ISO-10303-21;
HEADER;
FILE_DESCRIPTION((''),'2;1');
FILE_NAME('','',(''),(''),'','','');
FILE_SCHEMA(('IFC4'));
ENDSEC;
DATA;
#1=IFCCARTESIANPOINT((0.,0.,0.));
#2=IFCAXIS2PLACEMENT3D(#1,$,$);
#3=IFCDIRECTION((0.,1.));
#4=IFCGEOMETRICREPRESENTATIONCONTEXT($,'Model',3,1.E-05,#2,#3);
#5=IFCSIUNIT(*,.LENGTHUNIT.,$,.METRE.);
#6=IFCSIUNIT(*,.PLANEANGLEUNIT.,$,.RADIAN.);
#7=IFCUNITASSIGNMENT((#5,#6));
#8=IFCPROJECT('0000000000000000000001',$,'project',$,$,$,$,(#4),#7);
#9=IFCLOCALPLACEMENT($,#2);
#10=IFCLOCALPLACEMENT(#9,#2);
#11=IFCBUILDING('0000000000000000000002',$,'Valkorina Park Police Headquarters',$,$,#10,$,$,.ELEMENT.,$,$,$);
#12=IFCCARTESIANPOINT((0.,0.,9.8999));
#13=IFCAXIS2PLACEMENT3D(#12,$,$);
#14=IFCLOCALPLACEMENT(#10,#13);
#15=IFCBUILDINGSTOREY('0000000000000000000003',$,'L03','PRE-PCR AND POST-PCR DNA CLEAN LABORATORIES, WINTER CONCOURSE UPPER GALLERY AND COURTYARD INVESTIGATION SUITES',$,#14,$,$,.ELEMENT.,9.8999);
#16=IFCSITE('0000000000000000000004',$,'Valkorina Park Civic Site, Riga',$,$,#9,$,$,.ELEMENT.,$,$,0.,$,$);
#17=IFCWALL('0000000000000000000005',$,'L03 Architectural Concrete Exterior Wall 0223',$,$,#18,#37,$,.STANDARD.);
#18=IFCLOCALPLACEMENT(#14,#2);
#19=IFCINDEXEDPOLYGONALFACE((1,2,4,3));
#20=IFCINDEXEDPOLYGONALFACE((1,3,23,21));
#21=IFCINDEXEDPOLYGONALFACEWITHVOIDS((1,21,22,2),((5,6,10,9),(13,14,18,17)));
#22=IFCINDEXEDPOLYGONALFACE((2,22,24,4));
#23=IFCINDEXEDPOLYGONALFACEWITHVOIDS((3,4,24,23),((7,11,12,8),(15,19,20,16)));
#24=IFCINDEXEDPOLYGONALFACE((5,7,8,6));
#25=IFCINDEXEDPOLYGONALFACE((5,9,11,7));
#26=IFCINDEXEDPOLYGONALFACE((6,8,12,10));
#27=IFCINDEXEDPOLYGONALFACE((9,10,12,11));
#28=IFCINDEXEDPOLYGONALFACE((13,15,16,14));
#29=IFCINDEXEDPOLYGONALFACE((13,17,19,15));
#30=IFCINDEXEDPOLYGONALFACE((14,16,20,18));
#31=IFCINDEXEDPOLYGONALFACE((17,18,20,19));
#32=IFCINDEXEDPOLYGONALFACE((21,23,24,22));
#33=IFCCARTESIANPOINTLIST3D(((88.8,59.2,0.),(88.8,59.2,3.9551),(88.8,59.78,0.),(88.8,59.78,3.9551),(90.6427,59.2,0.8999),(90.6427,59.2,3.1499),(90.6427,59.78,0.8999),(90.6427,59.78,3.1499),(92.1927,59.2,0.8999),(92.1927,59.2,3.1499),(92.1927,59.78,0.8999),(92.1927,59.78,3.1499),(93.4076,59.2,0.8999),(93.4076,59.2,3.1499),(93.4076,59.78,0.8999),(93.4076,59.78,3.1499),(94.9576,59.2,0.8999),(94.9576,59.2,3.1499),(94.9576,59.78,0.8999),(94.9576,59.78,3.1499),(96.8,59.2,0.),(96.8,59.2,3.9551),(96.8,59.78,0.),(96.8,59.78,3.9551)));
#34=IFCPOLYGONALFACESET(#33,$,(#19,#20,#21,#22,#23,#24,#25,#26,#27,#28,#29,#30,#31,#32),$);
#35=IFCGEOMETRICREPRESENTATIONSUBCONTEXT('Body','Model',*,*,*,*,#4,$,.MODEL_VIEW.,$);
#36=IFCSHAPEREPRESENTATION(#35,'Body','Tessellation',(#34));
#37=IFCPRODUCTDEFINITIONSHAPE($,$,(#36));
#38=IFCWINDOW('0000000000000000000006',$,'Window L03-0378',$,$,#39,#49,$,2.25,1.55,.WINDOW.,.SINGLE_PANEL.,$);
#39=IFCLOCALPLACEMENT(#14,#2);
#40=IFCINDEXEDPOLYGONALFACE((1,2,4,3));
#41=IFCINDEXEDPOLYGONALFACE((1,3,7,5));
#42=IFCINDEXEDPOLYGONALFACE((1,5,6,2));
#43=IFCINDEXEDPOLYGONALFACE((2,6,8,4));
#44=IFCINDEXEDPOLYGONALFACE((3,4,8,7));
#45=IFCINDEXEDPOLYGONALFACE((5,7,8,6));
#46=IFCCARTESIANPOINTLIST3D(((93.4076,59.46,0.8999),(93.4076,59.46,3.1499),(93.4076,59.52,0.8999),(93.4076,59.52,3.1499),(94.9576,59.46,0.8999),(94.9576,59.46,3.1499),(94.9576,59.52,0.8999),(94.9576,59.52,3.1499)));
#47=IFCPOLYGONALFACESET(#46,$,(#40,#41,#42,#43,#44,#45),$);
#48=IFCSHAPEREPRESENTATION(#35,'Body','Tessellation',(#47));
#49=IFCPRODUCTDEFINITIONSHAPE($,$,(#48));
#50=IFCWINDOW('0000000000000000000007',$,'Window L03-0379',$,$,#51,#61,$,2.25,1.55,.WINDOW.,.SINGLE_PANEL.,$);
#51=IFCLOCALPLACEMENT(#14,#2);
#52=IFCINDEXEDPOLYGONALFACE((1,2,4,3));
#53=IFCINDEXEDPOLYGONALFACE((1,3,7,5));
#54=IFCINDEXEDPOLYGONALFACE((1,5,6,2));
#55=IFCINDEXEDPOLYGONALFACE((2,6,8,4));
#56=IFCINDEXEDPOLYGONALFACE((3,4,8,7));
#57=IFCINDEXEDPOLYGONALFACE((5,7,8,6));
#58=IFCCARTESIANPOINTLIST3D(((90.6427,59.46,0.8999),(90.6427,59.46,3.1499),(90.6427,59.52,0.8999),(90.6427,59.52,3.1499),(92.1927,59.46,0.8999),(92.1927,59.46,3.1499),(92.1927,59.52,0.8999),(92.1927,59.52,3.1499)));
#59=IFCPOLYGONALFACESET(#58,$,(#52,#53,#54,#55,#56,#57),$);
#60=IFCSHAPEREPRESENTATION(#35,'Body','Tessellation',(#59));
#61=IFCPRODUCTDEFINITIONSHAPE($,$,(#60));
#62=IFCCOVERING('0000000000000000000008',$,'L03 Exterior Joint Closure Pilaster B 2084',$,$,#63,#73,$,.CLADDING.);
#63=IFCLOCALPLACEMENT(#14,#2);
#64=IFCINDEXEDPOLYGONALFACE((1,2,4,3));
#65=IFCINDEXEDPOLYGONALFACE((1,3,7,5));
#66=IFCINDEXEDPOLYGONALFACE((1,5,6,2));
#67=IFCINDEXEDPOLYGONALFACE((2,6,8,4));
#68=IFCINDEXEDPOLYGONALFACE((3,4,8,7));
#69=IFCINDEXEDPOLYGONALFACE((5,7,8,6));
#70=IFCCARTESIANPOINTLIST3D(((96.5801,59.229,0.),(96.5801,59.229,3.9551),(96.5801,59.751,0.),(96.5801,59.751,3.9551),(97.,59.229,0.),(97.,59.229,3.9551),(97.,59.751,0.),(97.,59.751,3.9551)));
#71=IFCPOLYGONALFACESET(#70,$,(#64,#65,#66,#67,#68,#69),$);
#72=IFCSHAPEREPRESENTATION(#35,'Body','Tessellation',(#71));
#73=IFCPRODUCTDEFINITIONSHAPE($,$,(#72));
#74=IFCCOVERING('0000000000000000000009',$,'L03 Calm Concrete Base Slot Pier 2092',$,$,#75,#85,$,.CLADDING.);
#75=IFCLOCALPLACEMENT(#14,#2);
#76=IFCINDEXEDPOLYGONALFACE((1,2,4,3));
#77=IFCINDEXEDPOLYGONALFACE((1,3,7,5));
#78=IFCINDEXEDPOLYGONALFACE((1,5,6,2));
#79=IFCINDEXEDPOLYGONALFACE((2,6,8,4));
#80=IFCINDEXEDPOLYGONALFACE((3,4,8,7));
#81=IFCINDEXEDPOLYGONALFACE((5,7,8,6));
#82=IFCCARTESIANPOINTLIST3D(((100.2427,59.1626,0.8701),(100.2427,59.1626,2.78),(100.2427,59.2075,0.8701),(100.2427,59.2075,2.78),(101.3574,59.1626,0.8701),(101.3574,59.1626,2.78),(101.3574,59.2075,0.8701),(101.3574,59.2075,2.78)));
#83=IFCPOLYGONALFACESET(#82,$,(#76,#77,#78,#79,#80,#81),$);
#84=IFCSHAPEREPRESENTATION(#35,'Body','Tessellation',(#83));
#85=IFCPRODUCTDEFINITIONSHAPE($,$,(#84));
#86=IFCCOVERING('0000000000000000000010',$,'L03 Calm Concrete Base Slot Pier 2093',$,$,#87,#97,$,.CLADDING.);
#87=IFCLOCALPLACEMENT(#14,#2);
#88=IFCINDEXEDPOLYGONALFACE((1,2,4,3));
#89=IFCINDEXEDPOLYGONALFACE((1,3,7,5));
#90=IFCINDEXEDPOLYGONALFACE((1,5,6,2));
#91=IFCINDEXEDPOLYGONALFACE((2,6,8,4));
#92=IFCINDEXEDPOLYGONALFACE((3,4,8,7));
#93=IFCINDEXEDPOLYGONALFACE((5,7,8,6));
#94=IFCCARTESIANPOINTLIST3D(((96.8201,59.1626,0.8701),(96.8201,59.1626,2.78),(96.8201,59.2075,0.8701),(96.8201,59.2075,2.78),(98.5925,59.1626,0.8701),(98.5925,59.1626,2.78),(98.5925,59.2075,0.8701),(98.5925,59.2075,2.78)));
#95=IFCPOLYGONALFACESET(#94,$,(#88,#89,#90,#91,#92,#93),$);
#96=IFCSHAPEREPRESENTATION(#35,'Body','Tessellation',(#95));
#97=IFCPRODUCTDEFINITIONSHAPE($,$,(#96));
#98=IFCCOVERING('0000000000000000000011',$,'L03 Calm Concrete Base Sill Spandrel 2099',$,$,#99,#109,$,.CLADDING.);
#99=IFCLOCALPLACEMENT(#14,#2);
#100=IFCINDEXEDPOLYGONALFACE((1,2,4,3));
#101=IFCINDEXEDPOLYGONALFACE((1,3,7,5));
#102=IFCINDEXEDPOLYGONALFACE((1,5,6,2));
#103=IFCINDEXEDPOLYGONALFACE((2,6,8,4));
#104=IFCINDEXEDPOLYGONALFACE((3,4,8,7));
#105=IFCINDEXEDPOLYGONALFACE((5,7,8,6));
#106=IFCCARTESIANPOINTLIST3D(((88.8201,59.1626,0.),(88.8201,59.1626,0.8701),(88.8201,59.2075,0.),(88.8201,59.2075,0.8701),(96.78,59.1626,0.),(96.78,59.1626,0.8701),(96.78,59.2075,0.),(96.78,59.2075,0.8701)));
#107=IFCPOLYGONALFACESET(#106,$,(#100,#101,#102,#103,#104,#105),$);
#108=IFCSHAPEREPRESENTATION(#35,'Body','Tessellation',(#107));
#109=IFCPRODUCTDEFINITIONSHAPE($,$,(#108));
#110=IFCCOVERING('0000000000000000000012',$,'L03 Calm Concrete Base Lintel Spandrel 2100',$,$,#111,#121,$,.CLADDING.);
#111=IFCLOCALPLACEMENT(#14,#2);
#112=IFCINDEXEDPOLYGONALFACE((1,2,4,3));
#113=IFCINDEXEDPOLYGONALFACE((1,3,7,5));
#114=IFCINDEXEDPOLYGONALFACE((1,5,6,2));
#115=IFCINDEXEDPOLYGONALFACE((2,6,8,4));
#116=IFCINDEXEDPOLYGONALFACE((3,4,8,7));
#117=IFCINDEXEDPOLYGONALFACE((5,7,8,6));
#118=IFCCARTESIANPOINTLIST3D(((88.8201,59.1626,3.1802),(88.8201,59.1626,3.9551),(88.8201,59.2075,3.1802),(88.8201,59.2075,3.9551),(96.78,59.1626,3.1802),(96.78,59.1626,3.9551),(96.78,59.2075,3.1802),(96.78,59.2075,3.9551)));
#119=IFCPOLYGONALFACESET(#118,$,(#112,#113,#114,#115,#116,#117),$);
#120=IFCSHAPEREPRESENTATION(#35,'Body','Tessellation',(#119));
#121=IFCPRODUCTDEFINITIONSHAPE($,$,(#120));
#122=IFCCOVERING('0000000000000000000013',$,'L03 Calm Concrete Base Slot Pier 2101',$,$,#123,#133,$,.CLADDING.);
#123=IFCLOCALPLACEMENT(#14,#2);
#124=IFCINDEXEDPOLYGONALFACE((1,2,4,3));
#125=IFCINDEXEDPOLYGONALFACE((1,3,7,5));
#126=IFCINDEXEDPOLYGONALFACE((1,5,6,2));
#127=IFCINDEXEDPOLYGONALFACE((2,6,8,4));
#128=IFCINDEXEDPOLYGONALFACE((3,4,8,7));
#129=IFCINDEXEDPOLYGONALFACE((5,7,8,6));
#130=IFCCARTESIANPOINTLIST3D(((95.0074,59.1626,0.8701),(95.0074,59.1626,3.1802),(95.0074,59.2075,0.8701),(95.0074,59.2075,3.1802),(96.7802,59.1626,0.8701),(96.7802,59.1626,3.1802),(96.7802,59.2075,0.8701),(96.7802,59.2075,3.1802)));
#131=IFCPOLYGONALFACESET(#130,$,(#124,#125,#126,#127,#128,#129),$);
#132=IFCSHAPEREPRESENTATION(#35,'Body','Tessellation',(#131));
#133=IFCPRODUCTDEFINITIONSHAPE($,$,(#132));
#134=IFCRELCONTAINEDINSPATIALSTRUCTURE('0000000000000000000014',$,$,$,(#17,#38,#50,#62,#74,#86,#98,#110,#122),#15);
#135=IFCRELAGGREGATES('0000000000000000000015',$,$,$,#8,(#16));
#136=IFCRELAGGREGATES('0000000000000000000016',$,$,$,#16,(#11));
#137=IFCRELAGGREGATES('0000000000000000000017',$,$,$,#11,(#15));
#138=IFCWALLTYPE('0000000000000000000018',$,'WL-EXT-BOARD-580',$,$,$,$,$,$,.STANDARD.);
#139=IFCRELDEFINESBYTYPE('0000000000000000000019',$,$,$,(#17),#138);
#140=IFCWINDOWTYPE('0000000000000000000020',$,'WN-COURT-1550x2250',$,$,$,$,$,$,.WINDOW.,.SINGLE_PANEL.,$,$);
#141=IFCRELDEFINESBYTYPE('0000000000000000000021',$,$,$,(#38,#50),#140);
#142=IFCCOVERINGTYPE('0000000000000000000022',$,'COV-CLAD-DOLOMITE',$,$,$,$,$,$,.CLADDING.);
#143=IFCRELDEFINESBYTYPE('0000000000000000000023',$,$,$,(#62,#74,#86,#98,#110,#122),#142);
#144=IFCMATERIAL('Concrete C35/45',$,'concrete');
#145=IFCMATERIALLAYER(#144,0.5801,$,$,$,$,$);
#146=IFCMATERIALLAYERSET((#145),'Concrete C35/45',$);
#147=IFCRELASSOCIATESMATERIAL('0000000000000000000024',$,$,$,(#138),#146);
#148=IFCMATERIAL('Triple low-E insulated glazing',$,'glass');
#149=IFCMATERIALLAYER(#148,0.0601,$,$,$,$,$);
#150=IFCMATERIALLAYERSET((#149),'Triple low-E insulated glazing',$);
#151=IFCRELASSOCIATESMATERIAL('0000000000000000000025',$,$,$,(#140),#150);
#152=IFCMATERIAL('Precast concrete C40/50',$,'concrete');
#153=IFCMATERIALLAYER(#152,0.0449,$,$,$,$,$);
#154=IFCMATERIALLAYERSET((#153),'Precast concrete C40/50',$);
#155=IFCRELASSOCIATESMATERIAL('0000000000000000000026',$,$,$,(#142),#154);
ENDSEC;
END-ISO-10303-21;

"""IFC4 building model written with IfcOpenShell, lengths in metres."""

from ifc_helpers import new_model, si_unit, direction, frame, frame_2d, origin, origin_2d, place, context, subcontext, project, spatial, rectangle, extrude, material, layer, layer_set, type_object, element, fill, save


model = new_model("IFC4")

# Units and contexts
model_context = context("Model", 3, precision=1e-05, world=origin(), true_north=direction((0.0, 1.0)))
body_context = subcontext(model_context, "Body", "Model", "MODEL_VIEW")
ifc_project = project(units=[si_unit("LENGTHUNIT", "METRE"), si_unit("PLANEANGLEUNIT", "RADIAN")], contexts=[model_context])

# Site, building, storey
site_placement = place(None, origin())
site = spatial("IfcSite", under=ifc_project, at=site_placement, Name="Valkorina Park Civic Site, Riga", CompositionType="ELEMENT", RefElevation=0.0)
building_placement = place(site_placement, origin())
building = spatial("IfcBuilding", under=site, at=building_placement, Name="Valkorina Park Police Headquarters", CompositionType="ELEMENT")
storey_placement = place(building_placement, frame((0.0, 0.0, 9.8999)))
storey = spatial("IfcBuildingStorey", under=building, at=storey_placement, Name="L03", Description="PRE-PCR AND POST-PCR DNA CLEAN LABORATORIES, WINTER CONCOURSE UPPER GALLERY AND COURTYARD INVESTIGATION SUITES", CompositionType="ELEMENT", Elevation=9.8999)

# Wall, openings, windows
ifc_material_1 = material(Name="Concrete C35/45", Category="concrete")
ifc_layer_1 = layer(ifc_material_1, 0.5801)
ifc_layer_set_1 = layer_set([ifc_layer_1], Name="Concrete C35/45")
wall_type = type_object("IfcWallType", Name="WL-EXT-BOARD-580", PredefinedType="STANDARD", material=ifc_layer_set_1)
wall_placement = place(storey_placement, frame((96.8, 59.49, 0.0), z_axis=(0.0, 0.0, 1.0), x_axis=(-1.0, 0.0, 0.0)))
wall = element("IfcWall", 1, at=wall_placement, inside=storey, type_object=wall_type, Name="L03 Architectural Concrete Exterior Wall 0223", PredefinedType="STANDARD", context=body_context, shape_type="SweptSolid", body=[
    extrude(rectangle(XDim=8.0, YDim=0.5801, at=frame_2d((4.0, 0.0))), origin(), (0.0, 0.0, 1.0), 3.9551),
])
opening_1_placement = place(wall_placement, frame((1.8425, 0.0, 0.8999)))
opening_1 = element("IfcOpeningElement", 2, at=opening_1_placement, cuts=wall, PredefinedType="OPENING", context=body_context, shape_type="SweptSolid", body=[
    extrude(rectangle(XDim=1.55, YDim=2.25, at=frame_2d((0.7749, 1.125))), frame((0.0, 0.3, 0.0), z_axis=(0.0, -1.0, 0.0), x_axis=(1.0, 0.0, 0.0)), (0.0, 0.0, 1.0), 0.6001),
])
opening_2_placement = place(wall_placement, frame((4.6074, 0.0, 0.8999)))
opening_2 = element("IfcOpeningElement", 3, at=opening_2_placement, cuts=wall, PredefinedType="OPENING", context=body_context, shape_type="SweptSolid", body=[
    extrude(rectangle(XDim=1.55, YDim=2.25, at=frame_2d((0.7749, 1.125))), frame((0.0, 0.3, 0.0), z_axis=(0.0, -1.0, 0.0), x_axis=(1.0, 0.0, 0.0)), (0.0, 0.0, 1.0), 0.6001),
])
ifc_material_2 = material(Name="Triple low-E insulated glazing", Category="glass")
ifc_layer_2 = layer(ifc_material_2, 0.0601)
ifc_layer_set_2 = layer_set([ifc_layer_2], Name="Triple low-E insulated glazing")
window_type = type_object("IfcWindowType", Name="WN-COURT-1550x2250", PartitioningType="SINGLE_PANEL", PredefinedType="WINDOW", material=ifc_layer_set_2)
window_1_placement = place(opening_1_placement, origin())
window_1 = element("IfcWindow", 4, at=window_1_placement, inside=storey, type_object=window_type, Name="Window L03-0378", OverallHeight=2.25, OverallWidth=1.55, PartitioningType="SINGLE_PANEL", PredefinedType="WINDOW", context=body_context, shape_type="SweptSolid", body=[
    extrude(rectangle(XDim=1.55, YDim=2.25, at=frame_2d((0.7749, 1.125))), frame((0.0, 0.03, 0.0), z_axis=(0.0, -1.0, 0.0), x_axis=(1.0, 0.0, 0.0)), (0.0, 0.0, 1.0), 0.0601),
])
fill(opening_1, window_1)
window_2_placement = place(opening_2_placement, origin())
window_2 = element("IfcWindow", 5, at=window_2_placement, inside=storey, type_object=window_type, Name="Window L03-0379", OverallHeight=2.25, OverallWidth=1.55, PartitioningType="SINGLE_PANEL", PredefinedType="WINDOW", context=body_context, shape_type="SweptSolid", body=[
    extrude(rectangle(XDim=1.55, YDim=2.25, at=frame_2d((0.7749, 1.125))), frame((0.0, 0.03, 0.0), z_axis=(0.0, -1.0, 0.0), x_axis=(1.0, 0.0, 0.0)), (0.0, 0.0, 1.0), 0.0601),
])
fill(opening_2, window_2)

# Coverings
ifc_material_3 = material(Name="Precast concrete C40/50", Category="concrete")
ifc_layer_3 = layer(ifc_material_3, 0.0449)
ifc_layer_set_3 = layer_set([ifc_layer_3], Name="Precast concrete C40/50")
covering_type = type_object("IfcCoveringType", Name="COV-CLAD-DOLOMITE", PredefinedType="CLADDING", material=ifc_layer_set_3)
covering_1_placement = place(storey_placement, frame((96.79, 59.49, 0.0), z_axis=(0.0, 0.0, 1.0), x_axis=(1.0, 0.0, 0.0)))
element("IfcCovering", 6, at=covering_1_placement, inside=storey, type_object=covering_type, Name="L03 Exterior Joint Closure Pilaster B 2084", PredefinedType="CLADDING", context=body_context, shape_type="SweptSolid", body=[
    extrude(rectangle(XDim=0.4199, YDim=0.522, at=origin_2d()), origin(), (0.0, 0.0, 1.0), 3.9551),
])
covering_2_placement = place(storey_placement, frame((101.3574, 59.1851, 0.8701), z_axis=(0.0, 0.0, 1.0), x_axis=(-1.0, 0.0, 0.0)))
element("IfcCovering", 7, at=covering_2_placement, inside=storey, type_object=covering_type, Name="L03 Calm Concrete Base Slot Pier 2092", PredefinedType="CLADDING", context=body_context, shape_type="SweptSolid", body=[
    extrude(rectangle(XDim=1.1147, YDim=0.0449, at=frame_2d((0.5574, 0.0))), origin(), (0.0, 0.0, 1.0), 1.9099),
])
covering_3_placement = place(storey_placement, frame((98.5925, 59.1851, 0.8701), z_axis=(0.0, 0.0, 1.0), x_axis=(-1.0, 0.0, 0.0)))
element("IfcCovering", 8, at=covering_3_placement, inside=storey, type_object=covering_type, Name="L03 Calm Concrete Base Slot Pier 2093", PredefinedType="CLADDING", context=body_context, shape_type="SweptSolid", body=[
    extrude(rectangle(XDim=1.7725, YDim=0.0449, at=frame_2d((0.8862, 0.0))), origin(), (0.0, 0.0, 1.0), 1.9099),
])
covering_4_placement = place(storey_placement, frame((96.78, 59.1851, 0.0), z_axis=(0.0, 0.0, 1.0), x_axis=(-1.0, 0.0, 0.0)))
element("IfcCovering", 9, at=covering_4_placement, inside=storey, type_object=covering_type, Name="L03 Calm Concrete Base Sill Spandrel 2099", PredefinedType="CLADDING", context=body_context, shape_type="SweptSolid", body=[
    extrude(rectangle(XDim=7.96, YDim=0.0449, at=frame_2d((3.98, 0.0))), origin(), (0.0, 0.0, 1.0), 0.8701),
])
covering_5_placement = place(storey_placement, frame((96.78, 59.1851, 3.1802), z_axis=(0.0, 0.0, 1.0), x_axis=(-1.0, 0.0, 0.0)))
element("IfcCovering", 10, at=covering_5_placement, inside=storey, type_object=covering_type, Name="L03 Calm Concrete Base Lintel Spandrel 2100", PredefinedType="CLADDING", context=body_context, shape_type="SweptSolid", body=[
    extrude(rectangle(XDim=7.96, YDim=0.0449, at=frame_2d((3.98, 0.0))), origin(), (0.0, 0.0, 1.0), 0.7749),
])
covering_6_placement = place(storey_placement, frame((96.78, 59.1851, 0.8701), z_axis=(0.0, 0.0, 1.0), x_axis=(-1.0, 0.0, 0.0)))
element("IfcCovering", 11, at=covering_6_placement, inside=storey, type_object=covering_type, Name="L03 Calm Concrete Base Slot Pier 2101", PredefinedType="CLADDING", context=body_context, shape_type="SweptSolid", body=[
    extrude(rectangle(XDim=1.7727, YDim=0.0449, at=frame_2d((0.8862, 0.0))), origin(), (0.0, 0.0, 1.0), 2.3101),
])

save(model, "model.ifc")
